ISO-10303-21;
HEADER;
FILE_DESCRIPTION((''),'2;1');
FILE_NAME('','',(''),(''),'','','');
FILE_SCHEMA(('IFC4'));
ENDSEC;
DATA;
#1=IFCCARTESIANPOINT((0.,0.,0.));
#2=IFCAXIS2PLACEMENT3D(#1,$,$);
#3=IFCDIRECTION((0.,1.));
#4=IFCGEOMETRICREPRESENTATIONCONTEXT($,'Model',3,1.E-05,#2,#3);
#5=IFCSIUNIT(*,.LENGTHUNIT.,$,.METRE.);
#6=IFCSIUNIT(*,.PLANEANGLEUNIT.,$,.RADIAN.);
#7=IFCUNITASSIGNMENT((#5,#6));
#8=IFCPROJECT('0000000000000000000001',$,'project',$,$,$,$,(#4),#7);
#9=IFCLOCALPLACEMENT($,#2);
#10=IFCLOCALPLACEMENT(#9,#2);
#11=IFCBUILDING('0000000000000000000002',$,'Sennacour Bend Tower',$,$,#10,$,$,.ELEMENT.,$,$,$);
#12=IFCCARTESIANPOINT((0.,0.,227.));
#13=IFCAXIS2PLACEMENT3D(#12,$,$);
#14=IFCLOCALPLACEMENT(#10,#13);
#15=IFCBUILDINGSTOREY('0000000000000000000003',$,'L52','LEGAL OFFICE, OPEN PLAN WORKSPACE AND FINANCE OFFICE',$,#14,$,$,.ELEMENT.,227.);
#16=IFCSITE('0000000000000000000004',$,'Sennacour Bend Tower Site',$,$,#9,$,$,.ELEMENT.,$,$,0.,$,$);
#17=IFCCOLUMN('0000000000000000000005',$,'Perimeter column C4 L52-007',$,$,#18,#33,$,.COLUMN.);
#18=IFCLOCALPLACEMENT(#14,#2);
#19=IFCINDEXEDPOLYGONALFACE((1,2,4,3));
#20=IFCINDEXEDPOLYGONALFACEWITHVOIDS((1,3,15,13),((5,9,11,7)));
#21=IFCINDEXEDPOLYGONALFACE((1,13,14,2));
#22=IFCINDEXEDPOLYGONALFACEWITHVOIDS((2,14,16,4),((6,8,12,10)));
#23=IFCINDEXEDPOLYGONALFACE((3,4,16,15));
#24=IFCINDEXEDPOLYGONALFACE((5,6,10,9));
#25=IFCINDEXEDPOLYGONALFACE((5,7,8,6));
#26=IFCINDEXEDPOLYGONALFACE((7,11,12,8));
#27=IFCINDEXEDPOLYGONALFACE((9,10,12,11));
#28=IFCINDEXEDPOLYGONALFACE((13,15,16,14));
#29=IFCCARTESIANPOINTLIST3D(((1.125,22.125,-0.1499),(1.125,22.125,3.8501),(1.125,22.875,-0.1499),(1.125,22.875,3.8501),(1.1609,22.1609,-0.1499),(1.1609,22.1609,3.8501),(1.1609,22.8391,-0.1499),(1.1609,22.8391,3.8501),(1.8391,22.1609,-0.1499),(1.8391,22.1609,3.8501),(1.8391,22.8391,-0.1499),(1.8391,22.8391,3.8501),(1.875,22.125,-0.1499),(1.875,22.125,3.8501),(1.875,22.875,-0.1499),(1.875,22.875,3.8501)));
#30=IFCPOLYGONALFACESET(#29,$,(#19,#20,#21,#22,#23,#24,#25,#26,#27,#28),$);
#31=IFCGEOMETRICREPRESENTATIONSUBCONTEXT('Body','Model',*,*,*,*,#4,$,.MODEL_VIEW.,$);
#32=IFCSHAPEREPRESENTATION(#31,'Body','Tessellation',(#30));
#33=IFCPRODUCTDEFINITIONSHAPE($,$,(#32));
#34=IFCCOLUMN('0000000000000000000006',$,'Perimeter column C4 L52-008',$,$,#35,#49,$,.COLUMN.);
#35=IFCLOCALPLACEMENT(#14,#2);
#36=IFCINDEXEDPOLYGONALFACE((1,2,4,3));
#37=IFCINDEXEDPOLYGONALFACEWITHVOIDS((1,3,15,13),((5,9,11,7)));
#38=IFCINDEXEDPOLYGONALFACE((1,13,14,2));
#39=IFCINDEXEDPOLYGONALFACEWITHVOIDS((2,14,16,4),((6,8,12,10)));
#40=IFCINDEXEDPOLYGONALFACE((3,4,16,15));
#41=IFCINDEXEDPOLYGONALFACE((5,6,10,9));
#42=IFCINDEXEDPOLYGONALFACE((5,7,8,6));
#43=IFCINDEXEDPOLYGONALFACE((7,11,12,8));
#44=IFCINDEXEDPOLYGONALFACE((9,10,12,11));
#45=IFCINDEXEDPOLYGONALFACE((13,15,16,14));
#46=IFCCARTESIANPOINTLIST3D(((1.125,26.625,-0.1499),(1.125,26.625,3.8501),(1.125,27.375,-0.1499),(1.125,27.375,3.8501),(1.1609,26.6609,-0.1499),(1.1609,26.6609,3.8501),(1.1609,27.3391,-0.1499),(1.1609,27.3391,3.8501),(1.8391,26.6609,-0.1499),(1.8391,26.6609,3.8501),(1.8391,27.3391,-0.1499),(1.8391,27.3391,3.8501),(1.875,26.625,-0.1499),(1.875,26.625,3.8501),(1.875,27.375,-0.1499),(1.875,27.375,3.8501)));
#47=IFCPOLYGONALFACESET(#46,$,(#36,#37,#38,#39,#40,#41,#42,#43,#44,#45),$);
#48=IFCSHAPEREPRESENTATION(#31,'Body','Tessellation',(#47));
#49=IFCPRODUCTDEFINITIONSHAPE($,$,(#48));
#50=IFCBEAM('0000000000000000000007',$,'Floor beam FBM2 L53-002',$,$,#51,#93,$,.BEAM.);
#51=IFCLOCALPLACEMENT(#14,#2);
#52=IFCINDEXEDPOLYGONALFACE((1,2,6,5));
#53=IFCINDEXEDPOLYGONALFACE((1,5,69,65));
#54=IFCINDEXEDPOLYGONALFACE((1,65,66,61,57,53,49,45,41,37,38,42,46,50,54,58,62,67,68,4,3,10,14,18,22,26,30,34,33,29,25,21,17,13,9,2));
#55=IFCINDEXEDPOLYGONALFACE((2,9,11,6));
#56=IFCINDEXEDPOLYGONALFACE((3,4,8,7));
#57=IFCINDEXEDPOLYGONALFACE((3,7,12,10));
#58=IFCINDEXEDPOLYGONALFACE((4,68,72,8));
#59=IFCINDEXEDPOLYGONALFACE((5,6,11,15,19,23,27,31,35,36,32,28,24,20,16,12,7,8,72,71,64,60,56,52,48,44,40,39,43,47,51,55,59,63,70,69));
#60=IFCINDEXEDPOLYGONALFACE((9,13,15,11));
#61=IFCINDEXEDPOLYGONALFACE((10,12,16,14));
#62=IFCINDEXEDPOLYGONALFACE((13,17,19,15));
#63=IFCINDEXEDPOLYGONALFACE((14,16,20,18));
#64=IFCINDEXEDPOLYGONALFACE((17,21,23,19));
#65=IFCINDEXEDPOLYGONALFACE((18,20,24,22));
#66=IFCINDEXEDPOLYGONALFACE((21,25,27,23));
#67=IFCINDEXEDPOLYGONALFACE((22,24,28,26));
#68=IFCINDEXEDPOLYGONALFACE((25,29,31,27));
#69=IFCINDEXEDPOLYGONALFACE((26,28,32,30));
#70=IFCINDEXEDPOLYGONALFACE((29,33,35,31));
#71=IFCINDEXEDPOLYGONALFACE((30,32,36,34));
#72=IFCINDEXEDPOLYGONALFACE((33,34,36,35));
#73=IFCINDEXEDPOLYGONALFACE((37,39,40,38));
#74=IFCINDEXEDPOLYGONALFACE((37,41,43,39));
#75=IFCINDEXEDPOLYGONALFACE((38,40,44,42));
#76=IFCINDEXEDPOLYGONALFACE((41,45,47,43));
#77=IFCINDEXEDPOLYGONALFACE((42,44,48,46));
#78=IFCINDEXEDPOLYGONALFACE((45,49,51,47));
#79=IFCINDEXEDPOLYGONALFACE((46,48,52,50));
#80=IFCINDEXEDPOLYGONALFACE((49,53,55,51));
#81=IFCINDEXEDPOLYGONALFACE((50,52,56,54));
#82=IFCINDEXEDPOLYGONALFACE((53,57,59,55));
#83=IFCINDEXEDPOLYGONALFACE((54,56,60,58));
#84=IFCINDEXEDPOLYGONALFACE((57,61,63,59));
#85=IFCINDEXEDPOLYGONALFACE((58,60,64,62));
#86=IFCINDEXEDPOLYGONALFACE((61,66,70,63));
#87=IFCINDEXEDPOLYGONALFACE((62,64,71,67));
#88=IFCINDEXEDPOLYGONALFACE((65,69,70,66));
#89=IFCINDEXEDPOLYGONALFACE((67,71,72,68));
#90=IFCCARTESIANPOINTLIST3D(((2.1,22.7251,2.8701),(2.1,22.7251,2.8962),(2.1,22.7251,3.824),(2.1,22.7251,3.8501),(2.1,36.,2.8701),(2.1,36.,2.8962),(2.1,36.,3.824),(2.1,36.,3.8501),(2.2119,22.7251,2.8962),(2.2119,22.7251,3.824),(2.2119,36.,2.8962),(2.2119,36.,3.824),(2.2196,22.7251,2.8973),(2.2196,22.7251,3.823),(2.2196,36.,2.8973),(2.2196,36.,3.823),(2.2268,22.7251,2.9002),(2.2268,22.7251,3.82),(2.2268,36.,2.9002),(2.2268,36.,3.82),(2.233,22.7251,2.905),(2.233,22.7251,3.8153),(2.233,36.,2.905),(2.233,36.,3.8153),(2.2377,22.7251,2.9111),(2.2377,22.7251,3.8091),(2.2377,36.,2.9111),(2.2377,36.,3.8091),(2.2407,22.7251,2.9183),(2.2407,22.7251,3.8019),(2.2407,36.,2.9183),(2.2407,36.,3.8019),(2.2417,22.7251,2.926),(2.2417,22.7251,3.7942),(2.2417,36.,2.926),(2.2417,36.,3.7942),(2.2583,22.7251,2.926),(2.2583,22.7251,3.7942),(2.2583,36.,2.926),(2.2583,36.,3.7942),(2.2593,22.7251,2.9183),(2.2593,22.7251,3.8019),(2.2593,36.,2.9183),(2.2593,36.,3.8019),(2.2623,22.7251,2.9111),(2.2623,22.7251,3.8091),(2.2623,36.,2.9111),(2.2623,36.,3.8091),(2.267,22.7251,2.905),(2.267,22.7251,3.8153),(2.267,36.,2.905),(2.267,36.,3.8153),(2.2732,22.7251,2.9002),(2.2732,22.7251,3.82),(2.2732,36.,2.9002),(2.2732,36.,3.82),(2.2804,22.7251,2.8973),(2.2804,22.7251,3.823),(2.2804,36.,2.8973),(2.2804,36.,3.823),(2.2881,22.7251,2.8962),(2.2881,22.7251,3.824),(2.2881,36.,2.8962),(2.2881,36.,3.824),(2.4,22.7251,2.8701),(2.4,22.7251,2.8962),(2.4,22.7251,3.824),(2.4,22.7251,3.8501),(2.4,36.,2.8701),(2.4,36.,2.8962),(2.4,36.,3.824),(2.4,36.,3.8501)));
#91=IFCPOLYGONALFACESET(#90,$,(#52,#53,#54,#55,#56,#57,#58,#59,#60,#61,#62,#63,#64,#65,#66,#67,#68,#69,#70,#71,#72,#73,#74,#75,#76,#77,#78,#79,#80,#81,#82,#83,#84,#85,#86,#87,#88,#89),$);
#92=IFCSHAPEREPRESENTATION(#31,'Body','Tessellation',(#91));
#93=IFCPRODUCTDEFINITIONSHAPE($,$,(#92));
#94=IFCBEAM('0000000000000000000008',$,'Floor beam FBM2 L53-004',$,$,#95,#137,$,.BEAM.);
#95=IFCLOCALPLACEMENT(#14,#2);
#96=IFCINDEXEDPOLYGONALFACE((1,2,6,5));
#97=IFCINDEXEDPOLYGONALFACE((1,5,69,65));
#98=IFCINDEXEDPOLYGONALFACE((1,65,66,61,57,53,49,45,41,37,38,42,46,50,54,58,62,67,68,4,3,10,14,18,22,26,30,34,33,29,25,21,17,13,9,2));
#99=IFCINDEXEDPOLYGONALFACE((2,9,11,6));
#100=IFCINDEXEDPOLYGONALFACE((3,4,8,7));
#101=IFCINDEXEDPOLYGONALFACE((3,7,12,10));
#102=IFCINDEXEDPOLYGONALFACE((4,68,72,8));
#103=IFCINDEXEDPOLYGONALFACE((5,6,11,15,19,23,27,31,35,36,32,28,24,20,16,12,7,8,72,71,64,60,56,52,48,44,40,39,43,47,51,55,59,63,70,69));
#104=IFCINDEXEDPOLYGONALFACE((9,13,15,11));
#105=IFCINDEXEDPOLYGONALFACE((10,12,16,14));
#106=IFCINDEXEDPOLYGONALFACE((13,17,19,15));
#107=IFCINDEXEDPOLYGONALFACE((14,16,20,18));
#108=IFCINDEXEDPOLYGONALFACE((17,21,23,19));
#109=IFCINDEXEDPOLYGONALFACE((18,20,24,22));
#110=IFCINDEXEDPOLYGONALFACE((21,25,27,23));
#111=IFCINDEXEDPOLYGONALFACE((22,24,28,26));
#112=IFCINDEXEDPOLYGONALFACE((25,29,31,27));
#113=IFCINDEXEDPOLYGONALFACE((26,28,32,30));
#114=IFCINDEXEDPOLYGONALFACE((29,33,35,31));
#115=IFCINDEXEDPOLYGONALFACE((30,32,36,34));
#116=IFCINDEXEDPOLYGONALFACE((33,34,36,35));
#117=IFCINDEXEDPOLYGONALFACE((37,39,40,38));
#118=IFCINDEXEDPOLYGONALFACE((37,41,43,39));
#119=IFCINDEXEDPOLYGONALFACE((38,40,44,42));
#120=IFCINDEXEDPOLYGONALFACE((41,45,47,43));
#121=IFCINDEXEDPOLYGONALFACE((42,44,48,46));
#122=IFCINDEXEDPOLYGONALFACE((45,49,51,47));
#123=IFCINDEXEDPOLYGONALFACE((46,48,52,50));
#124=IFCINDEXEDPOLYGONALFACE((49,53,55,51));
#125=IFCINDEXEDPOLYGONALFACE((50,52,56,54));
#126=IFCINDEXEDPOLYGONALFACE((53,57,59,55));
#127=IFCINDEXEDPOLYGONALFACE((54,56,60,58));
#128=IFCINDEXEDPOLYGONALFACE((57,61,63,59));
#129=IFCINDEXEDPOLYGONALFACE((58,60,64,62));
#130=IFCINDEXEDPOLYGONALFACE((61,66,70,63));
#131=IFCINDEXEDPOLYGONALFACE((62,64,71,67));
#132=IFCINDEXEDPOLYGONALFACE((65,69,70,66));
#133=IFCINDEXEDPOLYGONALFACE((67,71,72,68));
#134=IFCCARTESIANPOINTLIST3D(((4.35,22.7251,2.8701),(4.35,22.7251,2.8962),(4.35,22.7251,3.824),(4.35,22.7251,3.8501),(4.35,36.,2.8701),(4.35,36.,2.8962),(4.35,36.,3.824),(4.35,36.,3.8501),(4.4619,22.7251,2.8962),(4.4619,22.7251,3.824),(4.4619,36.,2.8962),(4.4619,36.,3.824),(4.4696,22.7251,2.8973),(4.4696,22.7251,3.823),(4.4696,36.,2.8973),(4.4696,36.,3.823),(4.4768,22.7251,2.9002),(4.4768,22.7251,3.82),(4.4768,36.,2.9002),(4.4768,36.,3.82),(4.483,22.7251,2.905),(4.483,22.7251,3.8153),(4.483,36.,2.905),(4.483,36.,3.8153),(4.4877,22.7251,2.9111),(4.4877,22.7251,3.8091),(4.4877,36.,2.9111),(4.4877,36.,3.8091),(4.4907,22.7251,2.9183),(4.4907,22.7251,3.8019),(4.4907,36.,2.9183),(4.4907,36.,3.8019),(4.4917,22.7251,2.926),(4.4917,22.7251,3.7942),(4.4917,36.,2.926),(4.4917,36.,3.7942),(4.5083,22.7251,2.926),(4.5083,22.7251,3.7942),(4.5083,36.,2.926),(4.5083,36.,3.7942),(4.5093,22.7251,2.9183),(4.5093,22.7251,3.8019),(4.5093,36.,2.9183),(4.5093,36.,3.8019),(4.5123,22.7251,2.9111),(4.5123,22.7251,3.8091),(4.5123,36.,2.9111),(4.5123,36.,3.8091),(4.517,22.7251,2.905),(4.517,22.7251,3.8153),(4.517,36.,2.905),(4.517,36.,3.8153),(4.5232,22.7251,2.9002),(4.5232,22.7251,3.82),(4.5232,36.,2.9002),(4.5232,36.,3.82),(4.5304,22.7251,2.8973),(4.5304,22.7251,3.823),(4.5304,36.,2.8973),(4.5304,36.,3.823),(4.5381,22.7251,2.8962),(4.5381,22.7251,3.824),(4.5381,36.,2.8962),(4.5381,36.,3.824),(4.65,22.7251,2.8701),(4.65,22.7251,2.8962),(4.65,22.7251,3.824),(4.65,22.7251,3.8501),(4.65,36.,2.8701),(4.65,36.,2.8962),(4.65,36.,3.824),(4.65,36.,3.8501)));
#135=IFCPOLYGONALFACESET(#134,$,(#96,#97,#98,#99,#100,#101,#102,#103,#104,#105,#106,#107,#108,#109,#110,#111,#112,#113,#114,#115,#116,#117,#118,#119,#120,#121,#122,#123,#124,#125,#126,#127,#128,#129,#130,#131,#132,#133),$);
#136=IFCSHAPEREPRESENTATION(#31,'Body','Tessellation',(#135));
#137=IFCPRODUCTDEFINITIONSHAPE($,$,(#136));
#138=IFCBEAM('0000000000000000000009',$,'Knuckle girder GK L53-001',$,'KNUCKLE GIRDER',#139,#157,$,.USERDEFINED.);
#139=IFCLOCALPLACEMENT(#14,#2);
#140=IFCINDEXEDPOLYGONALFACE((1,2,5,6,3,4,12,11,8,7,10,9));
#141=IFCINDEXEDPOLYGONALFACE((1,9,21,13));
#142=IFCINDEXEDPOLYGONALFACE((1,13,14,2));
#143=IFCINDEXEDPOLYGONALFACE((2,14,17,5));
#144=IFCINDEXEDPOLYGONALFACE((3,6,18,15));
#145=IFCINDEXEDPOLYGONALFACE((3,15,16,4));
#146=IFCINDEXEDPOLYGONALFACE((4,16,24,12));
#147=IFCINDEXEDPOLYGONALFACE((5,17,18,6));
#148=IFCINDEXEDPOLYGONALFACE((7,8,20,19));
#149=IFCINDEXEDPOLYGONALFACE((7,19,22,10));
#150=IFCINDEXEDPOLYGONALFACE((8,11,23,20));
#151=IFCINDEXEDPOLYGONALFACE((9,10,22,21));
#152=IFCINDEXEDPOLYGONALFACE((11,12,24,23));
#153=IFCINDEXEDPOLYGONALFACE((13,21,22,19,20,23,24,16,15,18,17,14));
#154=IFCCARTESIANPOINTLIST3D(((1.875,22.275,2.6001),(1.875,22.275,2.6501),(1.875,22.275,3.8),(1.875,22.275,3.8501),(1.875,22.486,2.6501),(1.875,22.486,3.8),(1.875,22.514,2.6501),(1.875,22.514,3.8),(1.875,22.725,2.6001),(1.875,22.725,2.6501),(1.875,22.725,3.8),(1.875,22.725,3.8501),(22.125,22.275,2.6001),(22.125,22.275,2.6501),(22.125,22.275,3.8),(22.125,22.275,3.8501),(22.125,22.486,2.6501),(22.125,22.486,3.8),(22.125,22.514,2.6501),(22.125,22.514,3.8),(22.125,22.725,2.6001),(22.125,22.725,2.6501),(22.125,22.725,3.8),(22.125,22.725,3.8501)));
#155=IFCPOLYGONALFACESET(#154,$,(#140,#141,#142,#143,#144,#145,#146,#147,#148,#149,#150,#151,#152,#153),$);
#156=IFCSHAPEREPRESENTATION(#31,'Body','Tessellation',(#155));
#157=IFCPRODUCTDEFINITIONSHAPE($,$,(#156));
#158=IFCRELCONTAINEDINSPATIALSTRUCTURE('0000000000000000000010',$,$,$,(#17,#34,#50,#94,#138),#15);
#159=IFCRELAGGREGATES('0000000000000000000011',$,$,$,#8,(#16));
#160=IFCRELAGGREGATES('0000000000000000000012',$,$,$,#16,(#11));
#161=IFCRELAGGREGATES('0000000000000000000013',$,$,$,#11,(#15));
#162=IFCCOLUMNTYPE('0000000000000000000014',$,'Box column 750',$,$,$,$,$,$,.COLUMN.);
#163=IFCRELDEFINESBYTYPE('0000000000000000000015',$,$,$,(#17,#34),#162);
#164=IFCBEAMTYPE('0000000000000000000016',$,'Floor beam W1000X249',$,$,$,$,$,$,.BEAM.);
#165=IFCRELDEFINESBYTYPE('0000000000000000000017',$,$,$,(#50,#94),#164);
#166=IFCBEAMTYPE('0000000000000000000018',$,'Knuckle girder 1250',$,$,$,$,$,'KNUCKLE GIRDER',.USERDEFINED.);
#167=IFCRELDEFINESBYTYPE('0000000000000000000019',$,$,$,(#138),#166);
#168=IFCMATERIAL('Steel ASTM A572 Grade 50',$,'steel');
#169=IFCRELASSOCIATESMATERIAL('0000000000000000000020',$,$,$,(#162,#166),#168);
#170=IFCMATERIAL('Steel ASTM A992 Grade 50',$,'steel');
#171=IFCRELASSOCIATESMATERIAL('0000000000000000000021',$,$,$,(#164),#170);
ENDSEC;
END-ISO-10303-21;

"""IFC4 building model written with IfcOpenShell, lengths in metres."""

from ifc_helpers import new_model, si_unit, direction, frame, origin, origin_2d, place, context, subcontext, project, spatial, hollow_rectangle, i_section, extrude, material, material_profile, profile_set, type_object, element, save


model = new_model("IFC4")

# Units and contexts
model_context = context("Model", 3, precision=1e-05, world=origin(), true_north=direction((0.0, 1.0)))
body_context = subcontext(model_context, "Body", "Model", "MODEL_VIEW")
ifc_project = project(units=[si_unit("LENGTHUNIT", "METRE"), si_unit("PLANEANGLEUNIT", "RADIAN")], contexts=[model_context])

# Site, building, storey
site_placement = place(None, origin())
site = spatial("IfcSite", under=ifc_project, at=site_placement, Name="Sennacour Bend Tower Site", CompositionType="ELEMENT", RefElevation=0.0)
building_placement = place(site_placement, origin())
building = spatial("IfcBuilding", under=site, at=building_placement, Name="Sennacour Bend Tower", CompositionType="ELEMENT")
storey_placement = place(building_placement, frame((0.0, 0.0, 227.0)))
storey = spatial("IfcBuildingStorey", under=building, at=storey_placement, Name="L52", Description="LEGAL OFFICE, OPEN PLAN WORKSPACE AND FINANCE OFFICE", CompositionType="ELEMENT", Elevation=227.0)

# Columns
ifc_material_1 = material(Name="Steel ASTM A572 Grade 50", Category="steel")
ifc_material_profile_1 = material_profile(ifc_material_1, hollow_rectangle(XDim=0.75, YDim=0.75, WallThickness=0.0359, at=origin_2d()), Name="Steel ASTM A572 Grade 50", Category="steel")
ifc_profile_set_1 = profile_set([ifc_material_profile_1], Name="Steel ASTM A572 Grade 50")
column_type = type_object("IfcColumnType", Name="Box column 750", PredefinedType="COLUMN", material=ifc_profile_set_1)
for number, where, z_axis, x_axis, name in (
    (1, (1.5, 22.5, -0.1499), (0.0, 0.0, 1.0), (1.0, 0.0, 0.0), "Perimeter column C4 L52-007"),
    (2, (1.5, 27.0, -0.1499), (0.0, 0.0, 1.0), (1.0, 0.0, 0.0), "Perimeter column C4 L52-008"),
):
    element("IfcColumn", number, at=place(storey_placement, frame(where, z_axis=z_axis, x_axis=x_axis)), inside=storey, type_object=column_type, Name=name, PredefinedType="COLUMN", context=body_context, shape_type="SweptSolid", body=[
        extrude(hollow_rectangle(XDim=0.75, YDim=0.75, WallThickness=0.0359, at=origin_2d()), origin(), (0.0, 0.0, 1.0), 4.0),
    ])

# Beams
ifc_material_2 = material(Name="Steel ASTM A992 Grade 50", Category="steel")
ifc_material_profile_2 = material_profile(ifc_material_2, i_section(OverallWidth=0.3, OverallDepth=0.98, WebThickness=0.0166, FlangeThickness=0.0261, FilletRadius=0.0298, at=origin_2d()), Name="Steel ASTM A992 Grade 50", Category="steel")
ifc_profile_set_2 = profile_set([ifc_material_profile_2], Name="Steel ASTM A992 Grade 50")
beam_type_1 = type_object("IfcBeamType", Name="Floor beam W1000X249", PredefinedType="BEAM", material=ifc_profile_set_2)
for number, where, z_axis, x_axis, name in (
    (3, (2.25, 22.7251, 3.3601), (0.0, 1.0, 0.0), (-1.0, 0.0, 0.0), "Floor beam FBM2 L53-002"),
    (4, (4.5, 22.7251, 3.3601), (0.0, 1.0, 0.0), (-1.0, 0.0, 0.0), "Floor beam FBM2 L53-004"),
):
    element("IfcBeam", number, at=place(storey_placement, frame(where, z_axis=z_axis, x_axis=x_axis)), inside=storey, type_object=beam_type_1, Name=name, PredefinedType="BEAM", context=body_context, shape_type="SweptSolid", body=[
        extrude(i_section(OverallWidth=0.3, OverallDepth=0.98, WebThickness=0.0166, FlangeThickness=0.0261, FilletRadius=0.0298, at=origin_2d()), origin(), (0.0, 0.0, 1.0), 13.2749),
    ])
ifc_material_profile_3 = material_profile(ifc_material_1, i_section(OverallWidth=0.45, OverallDepth=1.25, WebThickness=0.0281, FlangeThickness=0.05, at=origin_2d()), Name="Steel ASTM A572 Grade 50", Category="steel")
ifc_profile_set_3 = profile_set([ifc_material_profile_3], Name="Steel ASTM A572 Grade 50")
beam_type_2 = type_object("IfcBeamType", Name="Knuckle girder 1250", ElementType="KNUCKLE GIRDER", PredefinedType="USERDEFINED", material=ifc_profile_set_3)
beam_1_placement = place(storey_placement, frame((1.875, 22.5, 3.2251), z_axis=(1.0, 0.0, 0.0), x_axis=(0.0, 1.0, 0.0)))
element("IfcBeam", 5, at=beam_1_placement, inside=storey, type_object=beam_type_2, Name="Knuckle girder GK L53-001", ObjectType="KNUCKLE GIRDER", PredefinedType="USERDEFINED", context=body_context, shape_type="SweptSolid", body=[
    extrude(i_section(OverallWidth=0.45, OverallDepth=1.25, WebThickness=0.0281, FlangeThickness=0.05, at=origin_2d()), origin(), (0.0, 0.0, 1.0), 20.25),
])

save(model, "model.ifc")
